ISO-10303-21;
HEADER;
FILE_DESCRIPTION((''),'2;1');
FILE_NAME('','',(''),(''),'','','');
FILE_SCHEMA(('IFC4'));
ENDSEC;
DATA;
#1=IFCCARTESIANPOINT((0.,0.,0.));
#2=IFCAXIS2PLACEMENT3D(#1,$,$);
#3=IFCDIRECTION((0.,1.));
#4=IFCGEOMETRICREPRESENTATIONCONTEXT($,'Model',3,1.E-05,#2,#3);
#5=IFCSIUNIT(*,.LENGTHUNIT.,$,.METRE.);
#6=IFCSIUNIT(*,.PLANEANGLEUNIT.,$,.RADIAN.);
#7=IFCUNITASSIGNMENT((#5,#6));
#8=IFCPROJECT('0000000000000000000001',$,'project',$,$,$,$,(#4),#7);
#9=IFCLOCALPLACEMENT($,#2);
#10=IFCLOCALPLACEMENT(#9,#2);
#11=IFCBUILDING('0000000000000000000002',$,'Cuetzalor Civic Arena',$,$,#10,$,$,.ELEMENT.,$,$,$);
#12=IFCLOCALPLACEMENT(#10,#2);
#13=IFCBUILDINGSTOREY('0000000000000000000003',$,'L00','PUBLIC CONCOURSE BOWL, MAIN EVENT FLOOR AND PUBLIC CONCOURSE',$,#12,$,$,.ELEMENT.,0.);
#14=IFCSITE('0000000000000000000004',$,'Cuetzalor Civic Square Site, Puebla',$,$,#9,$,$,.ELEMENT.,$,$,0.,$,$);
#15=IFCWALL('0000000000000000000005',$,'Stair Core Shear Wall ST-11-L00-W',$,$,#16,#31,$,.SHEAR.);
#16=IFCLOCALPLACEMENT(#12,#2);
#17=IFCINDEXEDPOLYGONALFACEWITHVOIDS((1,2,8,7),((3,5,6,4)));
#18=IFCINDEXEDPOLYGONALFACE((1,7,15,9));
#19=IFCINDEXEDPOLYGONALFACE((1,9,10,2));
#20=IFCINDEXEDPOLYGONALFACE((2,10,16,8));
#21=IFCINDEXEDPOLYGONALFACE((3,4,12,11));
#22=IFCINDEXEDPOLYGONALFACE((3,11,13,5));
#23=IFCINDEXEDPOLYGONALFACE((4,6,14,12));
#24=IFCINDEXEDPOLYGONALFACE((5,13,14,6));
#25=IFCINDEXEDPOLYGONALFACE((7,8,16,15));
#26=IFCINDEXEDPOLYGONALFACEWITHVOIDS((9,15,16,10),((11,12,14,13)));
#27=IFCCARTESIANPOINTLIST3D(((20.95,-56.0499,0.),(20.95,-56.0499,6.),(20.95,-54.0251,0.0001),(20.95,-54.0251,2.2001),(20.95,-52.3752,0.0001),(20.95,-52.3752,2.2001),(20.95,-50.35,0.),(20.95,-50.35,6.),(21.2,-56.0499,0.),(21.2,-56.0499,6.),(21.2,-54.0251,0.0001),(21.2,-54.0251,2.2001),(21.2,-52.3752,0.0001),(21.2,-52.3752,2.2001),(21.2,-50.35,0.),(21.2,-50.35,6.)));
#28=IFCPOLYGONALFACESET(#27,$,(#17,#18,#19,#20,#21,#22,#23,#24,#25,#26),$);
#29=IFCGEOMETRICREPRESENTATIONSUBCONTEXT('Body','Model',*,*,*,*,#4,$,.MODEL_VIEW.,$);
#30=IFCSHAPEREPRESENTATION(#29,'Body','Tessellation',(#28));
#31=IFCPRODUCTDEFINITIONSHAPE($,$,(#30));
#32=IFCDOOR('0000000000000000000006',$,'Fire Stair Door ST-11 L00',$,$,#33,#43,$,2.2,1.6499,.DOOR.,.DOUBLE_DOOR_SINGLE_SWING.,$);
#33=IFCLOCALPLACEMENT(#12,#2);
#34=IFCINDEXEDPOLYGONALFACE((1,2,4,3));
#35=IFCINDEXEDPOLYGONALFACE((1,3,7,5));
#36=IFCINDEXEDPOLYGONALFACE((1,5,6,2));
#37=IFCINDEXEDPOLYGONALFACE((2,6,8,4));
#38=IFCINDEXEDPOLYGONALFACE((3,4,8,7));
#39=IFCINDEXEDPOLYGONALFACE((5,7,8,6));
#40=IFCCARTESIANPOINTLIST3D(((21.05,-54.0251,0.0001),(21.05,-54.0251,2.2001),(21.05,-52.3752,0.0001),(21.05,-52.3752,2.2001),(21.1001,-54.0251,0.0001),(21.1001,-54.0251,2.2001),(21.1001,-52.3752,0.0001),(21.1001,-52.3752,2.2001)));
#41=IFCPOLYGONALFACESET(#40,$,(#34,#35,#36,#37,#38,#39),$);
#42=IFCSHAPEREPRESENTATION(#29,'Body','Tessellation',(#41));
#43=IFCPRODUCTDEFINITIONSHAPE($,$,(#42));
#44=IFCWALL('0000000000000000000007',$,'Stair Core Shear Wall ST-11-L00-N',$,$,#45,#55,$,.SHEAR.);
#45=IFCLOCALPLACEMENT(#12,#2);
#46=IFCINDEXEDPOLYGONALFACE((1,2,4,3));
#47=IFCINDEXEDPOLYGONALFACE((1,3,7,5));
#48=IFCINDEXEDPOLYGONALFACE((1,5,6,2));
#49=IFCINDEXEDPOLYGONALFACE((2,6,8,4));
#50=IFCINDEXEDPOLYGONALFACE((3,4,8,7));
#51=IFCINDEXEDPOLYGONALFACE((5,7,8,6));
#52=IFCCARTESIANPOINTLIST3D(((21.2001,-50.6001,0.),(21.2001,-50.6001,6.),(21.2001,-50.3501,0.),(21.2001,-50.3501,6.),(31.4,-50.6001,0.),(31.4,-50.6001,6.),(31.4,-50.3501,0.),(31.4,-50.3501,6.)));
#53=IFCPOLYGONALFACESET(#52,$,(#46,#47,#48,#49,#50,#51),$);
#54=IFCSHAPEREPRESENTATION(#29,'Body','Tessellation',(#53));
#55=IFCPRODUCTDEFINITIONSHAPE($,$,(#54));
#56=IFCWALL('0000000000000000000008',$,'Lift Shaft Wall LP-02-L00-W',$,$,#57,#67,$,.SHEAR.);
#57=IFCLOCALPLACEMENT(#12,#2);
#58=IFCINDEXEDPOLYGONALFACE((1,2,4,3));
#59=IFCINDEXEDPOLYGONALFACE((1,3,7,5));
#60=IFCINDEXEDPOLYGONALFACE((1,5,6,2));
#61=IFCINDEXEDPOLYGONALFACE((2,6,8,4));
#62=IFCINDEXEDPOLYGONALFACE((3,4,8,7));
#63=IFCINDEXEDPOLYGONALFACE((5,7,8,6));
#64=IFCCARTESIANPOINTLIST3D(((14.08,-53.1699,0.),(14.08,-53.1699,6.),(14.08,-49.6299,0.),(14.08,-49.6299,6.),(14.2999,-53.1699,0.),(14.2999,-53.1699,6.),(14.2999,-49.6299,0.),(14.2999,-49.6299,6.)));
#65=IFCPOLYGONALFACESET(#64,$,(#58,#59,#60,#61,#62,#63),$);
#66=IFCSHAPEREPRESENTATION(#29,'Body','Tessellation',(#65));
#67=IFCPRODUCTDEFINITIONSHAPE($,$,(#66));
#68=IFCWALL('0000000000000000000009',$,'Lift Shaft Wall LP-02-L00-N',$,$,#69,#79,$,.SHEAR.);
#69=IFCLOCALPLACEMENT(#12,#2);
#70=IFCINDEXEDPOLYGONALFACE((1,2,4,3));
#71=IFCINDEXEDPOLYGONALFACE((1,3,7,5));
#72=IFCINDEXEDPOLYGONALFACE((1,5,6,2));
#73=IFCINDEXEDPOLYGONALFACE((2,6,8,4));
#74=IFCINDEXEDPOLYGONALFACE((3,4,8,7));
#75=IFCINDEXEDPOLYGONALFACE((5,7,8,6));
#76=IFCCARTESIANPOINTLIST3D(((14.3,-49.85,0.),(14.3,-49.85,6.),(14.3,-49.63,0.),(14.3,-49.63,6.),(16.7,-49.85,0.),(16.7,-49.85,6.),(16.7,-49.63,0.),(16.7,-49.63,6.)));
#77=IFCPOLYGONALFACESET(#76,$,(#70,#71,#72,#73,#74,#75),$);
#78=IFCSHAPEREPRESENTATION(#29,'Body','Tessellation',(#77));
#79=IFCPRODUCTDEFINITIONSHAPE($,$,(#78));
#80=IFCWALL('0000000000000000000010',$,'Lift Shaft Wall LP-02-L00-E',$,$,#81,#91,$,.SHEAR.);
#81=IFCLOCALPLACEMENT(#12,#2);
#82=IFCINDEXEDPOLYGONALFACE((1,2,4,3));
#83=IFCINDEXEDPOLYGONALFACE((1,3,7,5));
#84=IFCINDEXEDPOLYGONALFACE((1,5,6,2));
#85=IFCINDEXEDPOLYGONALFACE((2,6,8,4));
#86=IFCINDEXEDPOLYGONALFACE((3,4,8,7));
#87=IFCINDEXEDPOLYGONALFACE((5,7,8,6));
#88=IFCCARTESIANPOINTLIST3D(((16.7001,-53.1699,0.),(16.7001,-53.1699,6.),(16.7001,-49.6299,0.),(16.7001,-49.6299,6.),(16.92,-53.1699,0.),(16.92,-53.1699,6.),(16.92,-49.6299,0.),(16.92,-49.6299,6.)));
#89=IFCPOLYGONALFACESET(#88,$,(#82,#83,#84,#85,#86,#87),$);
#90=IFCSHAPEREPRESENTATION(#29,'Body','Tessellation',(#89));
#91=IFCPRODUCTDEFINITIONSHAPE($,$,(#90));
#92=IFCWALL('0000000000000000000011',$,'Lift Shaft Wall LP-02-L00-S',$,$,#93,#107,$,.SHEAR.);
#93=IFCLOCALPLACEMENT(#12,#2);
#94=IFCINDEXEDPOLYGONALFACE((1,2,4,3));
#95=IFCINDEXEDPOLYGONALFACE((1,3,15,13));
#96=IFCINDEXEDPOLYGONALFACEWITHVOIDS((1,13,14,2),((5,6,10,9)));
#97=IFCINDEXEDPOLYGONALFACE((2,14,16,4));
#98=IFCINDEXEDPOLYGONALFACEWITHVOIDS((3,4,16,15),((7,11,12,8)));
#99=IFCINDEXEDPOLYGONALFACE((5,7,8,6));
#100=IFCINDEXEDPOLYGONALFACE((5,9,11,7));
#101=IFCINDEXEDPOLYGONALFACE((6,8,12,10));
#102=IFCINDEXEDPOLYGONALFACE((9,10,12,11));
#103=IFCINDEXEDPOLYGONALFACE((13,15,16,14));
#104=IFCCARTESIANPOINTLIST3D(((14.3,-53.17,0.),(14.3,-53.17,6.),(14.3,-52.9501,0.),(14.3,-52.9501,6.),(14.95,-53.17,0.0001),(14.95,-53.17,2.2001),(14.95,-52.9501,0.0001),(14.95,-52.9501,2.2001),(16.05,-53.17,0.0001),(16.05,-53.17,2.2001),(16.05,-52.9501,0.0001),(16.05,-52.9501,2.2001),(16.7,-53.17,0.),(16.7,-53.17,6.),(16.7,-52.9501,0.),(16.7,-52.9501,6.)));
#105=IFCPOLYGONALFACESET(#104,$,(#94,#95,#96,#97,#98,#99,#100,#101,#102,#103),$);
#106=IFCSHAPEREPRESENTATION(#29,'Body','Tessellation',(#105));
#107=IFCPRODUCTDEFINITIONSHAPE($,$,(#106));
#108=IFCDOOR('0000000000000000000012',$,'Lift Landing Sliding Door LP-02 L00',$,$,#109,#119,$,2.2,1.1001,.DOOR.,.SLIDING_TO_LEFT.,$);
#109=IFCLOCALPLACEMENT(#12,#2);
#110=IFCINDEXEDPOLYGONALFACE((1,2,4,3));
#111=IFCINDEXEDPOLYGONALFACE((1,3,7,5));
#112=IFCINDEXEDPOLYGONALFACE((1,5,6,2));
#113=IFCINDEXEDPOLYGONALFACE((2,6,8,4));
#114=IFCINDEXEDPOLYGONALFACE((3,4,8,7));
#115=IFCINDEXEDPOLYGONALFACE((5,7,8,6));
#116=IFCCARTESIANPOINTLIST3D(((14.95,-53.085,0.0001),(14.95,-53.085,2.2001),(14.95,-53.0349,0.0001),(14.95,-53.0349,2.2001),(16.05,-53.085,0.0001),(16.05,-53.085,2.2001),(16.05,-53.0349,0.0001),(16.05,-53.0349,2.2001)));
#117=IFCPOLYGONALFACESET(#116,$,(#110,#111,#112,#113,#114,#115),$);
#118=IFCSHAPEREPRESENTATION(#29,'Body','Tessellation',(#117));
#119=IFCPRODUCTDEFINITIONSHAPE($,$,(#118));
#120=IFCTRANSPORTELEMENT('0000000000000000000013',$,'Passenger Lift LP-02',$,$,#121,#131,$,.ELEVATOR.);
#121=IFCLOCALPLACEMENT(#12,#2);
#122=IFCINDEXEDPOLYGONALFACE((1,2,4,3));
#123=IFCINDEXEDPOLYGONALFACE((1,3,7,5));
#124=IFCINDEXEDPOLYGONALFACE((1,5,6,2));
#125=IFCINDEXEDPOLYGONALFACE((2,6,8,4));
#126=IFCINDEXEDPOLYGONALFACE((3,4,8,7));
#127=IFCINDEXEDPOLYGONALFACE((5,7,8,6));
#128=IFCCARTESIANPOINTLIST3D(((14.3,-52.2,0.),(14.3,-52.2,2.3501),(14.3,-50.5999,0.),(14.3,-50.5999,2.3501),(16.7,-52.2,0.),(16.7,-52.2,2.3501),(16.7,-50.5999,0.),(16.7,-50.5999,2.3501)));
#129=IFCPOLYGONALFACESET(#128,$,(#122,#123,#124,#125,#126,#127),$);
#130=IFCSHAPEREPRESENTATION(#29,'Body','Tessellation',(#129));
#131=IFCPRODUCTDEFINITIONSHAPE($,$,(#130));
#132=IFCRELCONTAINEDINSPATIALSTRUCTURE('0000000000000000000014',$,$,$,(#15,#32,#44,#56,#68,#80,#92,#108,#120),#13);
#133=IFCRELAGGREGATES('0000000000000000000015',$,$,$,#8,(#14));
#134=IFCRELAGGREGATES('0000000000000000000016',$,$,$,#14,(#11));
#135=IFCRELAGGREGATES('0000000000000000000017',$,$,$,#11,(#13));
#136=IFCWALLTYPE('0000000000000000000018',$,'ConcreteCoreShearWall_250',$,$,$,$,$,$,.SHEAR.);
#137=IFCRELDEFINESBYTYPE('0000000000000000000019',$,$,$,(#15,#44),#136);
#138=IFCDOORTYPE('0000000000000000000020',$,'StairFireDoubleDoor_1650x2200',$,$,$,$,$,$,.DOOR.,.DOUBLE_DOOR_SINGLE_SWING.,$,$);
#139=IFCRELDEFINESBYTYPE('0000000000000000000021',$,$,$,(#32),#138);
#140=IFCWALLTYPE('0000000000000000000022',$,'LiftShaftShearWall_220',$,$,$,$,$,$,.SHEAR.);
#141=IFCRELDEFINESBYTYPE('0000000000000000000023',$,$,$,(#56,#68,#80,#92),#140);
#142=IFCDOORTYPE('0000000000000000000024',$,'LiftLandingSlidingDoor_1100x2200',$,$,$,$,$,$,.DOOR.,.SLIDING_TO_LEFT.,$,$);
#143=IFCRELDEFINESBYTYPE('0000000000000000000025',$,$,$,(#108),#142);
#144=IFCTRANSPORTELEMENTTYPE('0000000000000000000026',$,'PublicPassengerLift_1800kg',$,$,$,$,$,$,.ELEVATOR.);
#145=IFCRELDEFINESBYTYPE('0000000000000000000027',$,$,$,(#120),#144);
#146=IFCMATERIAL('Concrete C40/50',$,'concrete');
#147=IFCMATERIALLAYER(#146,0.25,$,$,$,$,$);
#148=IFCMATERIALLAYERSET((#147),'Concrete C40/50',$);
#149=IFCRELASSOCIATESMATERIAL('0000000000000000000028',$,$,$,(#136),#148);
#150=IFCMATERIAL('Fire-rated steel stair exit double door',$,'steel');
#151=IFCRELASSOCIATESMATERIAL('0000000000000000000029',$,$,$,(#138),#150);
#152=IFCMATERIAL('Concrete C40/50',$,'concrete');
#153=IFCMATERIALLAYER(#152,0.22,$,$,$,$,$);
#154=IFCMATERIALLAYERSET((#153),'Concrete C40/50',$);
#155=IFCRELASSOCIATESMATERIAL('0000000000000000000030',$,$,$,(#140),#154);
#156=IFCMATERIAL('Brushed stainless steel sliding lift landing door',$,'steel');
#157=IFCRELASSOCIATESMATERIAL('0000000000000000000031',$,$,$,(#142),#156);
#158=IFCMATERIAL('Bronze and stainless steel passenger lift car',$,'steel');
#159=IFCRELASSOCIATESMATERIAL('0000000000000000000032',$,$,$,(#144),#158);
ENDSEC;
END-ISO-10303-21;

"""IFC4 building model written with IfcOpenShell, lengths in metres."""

from ifc_helpers import new_model, si_unit, direction, frame, frame_2d, origin, origin_2d, place, context, subcontext, project, spatial, rectangle, extrude, material, layer, layer_set, type_object, element, fill, save


model = new_model("IFC4")

# Units and contexts
model_context = context("Model", 3, precision=1e-05, world=origin(), true_north=direction((0.0, 1.0)))
body_context = subcontext(model_context, "Body", "Model", "MODEL_VIEW")
ifc_project = project(units=[si_unit("LENGTHUNIT", "METRE"), si_unit("PLANEANGLEUNIT", "RADIAN")], contexts=[model_context])

# Site, building, storey
site_placement = place(None, origin())
site = spatial("IfcSite", under=ifc_project, at=site_placement, Name="Cuetzalor Civic Square Site, Puebla", CompositionType="ELEMENT", RefElevation=0.0)
building_placement = place(site_placement, origin())
building = spatial("IfcBuilding", under=site, at=building_placement, Name="Cuetzalor Civic Arena", CompositionType="ELEMENT")
storey_placement = place(building_placement, origin())
storey = spatial("IfcBuildingStorey", under=building, at=storey_placement, Name="L00", Description="PUBLIC CONCOURSE BOWL, MAIN EVENT FLOOR AND PUBLIC CONCOURSE", CompositionType="ELEMENT", Elevation=0.0)

# Wall, opening, door
ifc_material_1 = material(Name="Concrete C40/50", Category="concrete")
ifc_layer_1 = layer(ifc_material_1, 0.25)
ifc_layer_set_1 = layer_set([ifc_layer_1], Name="Concrete C40/50")
wall_type_1 = type_object("IfcWallType", Name="ConcreteCoreShearWall_250", PredefinedType="SHEAR", material=ifc_layer_set_1)
wall_1_placement = place(storey_placement, frame((21.075, -56.05, 0.0), z_axis=(0.0, 0.0, 1.0), x_axis=(0.0, 1.0, 0.0)))
wall_1 = element("IfcWall", 1, at=wall_1_placement, inside=storey, type_object=wall_type_1, Name="Stair Core Shear Wall ST-11-L00-W", PredefinedType="SHEAR", context=body_context, shape_type="SweptSolid", body=[
    extrude(rectangle(XDim=5.7, YDim=0.25, at=frame_2d((2.8501, 0.0))), origin(), (0.0, 0.0, 1.0), 6.0),
])
opening_1_placement = place(wall_1_placement, frame((2.0249, 0.0, 0.0)))
opening_1 = element("IfcOpeningElement", 2, at=opening_1_placement, cuts=wall_1, PredefinedType="OPENING", context=body_context, shape_type="SweptSolid", body=[
    extrude(rectangle(XDim=1.6499, YDim=2.2, at=frame_2d((0.825, 1.1001))), frame((0.0, 0.135, 0.0), z_axis=(0.0, -1.0, 0.0), x_axis=(1.0, 0.0, 0.0)), (0.0, 0.0, 1.0), 0.27),
])
ifc_material_2 = material(Name="Fire-rated steel stair exit double door", Category="steel")
door_type_1 = type_object("IfcDoorType", Name="StairFireDoubleDoor_1650x2200", OperationType="DOUBLE_DOOR_SINGLE_SWING", PredefinedType="DOOR", material=ifc_material_2)
door_1_placement = place(opening_1_placement, origin())
door_1 = element("IfcDoor", 3, at=door_1_placement, inside=storey, type_object=door_type_1, Name="Fire Stair Door ST-11 L00", OperationType="DOUBLE_DOOR_SINGLE_SWING", OverallHeight=2.2, OverallWidth=1.6499, PredefinedType="DOOR", context=body_context, shape_type="SweptSolid", body=[
    extrude(rectangle(XDim=1.6499, YDim=2.2, at=frame_2d((0.825, 1.1001))), frame((0.0, 0.0249, 0.0), z_axis=(0.0, -1.0, 0.0), x_axis=(1.0, 0.0, 0.0)), (0.0, 0.0, 1.0), 0.05),
])
fill(opening_1, door_1)

# Walls
wall_2_placement = place(storey_placement, frame((21.2, -50.4751, 0.0), z_axis=(0.0, 0.0, 1.0), x_axis=(1.0, 0.0, 0.0)))
element("IfcWall", 4, at=wall_2_placement, inside=storey, type_object=wall_type_1, Name="Stair Core Shear Wall ST-11-L00-N", PredefinedType="SHEAR", context=body_context, shape_type="SweptSolid", body=[
    extrude(rectangle(XDim=10.2, YDim=0.25, at=frame_2d((5.1001, 0.0))), origin(), (0.0, 0.0, 1.0), 6.0),
])
ifc_material_3 = material(Name="Concrete C40/50", Category="concrete")
ifc_layer_2 = layer(ifc_material_3, 0.22)
ifc_layer_set_2 = layer_set([ifc_layer_2], Name="Concrete C40/50")
wall_type_2 = type_object("IfcWallType", Name="LiftShaftShearWall_220", PredefinedType="SHEAR", material=ifc_layer_set_2)
wall_3_placement = place(storey_placement, frame((14.1899, -53.1699, 0.0), z_axis=(0.0, 0.0, 1.0), x_axis=(0.0, 1.0, 0.0)))
element("IfcWall", 5, at=wall_3_placement, inside=storey, type_object=wall_type_2, Name="Lift Shaft Wall LP-02-L00-W", PredefinedType="SHEAR", context=body_context, shape_type="SweptSolid", body=[
    extrude(rectangle(XDim=3.54, YDim=0.22, at=frame_2d((1.77, 0.0))), origin(), (0.0, 0.0, 1.0), 6.0),
])
wall_4_placement = place(storey_placement, frame((14.3, -49.74, 0.0), z_axis=(0.0, 0.0, 1.0), x_axis=(1.0, 0.0, 0.0)))
element("IfcWall", 6, at=wall_4_placement, inside=storey, type_object=wall_type_2, Name="Lift Shaft Wall LP-02-L00-N", PredefinedType="SHEAR", context=body_context, shape_type="SweptSolid", body=[
    extrude(rectangle(XDim=2.3999, YDim=0.22, at=frame_2d((1.2, 0.0))), origin(), (0.0, 0.0, 1.0), 6.0),
])
wall_5_placement = place(storey_placement, frame((16.8101, -49.6299, 0.0), z_axis=(0.0, 0.0, 1.0), x_axis=(0.0, -1.0, 0.0)))
element("IfcWall", 7, at=wall_5_placement, inside=storey, type_object=wall_type_2, Name="Lift Shaft Wall LP-02-L00-E", PredefinedType="SHEAR", context=body_context, shape_type="SweptSolid", body=[
    extrude(rectangle(XDim=3.54, YDim=0.22, at=frame_2d((1.77, 0.0))), origin(), (0.0, 0.0, 1.0), 6.0),
])

# Wall, opening, door
wall_6_placement = place(storey_placement, frame((16.7, -53.0601, 0.0), z_axis=(0.0, 0.0, 1.0), x_axis=(-1.0, 0.0, 0.0)))
wall_6 = element("IfcWall", 8, at=wall_6_placement, inside=storey, type_object=wall_type_2, Name="Lift Shaft Wall LP-02-L00-S", PredefinedType="SHEAR", context=body_context, shape_type="SweptSolid", body=[
    extrude(rectangle(XDim=2.3999, YDim=0.22, at=frame_2d((1.2, 0.0))), origin(), (0.0, 0.0, 1.0), 6.0),
])
opening_2_placement = place(wall_6_placement, frame((0.6499, 0.0, 0.0)))
opening_2 = element("IfcOpeningElement", 9, at=opening_2_placement, cuts=wall_6, PredefinedType="OPENING", context=body_context, shape_type="SweptSolid", body=[
    extrude(rectangle(XDim=1.1001, YDim=2.2, at=frame_2d((0.55, 1.1001))), frame((0.0, 0.1201, 0.0), z_axis=(0.0, -1.0, 0.0), x_axis=(1.0, 0.0, 0.0)), (0.0, 0.0, 1.0), 0.24),
])
ifc_material_4 = material(Name="Brushed stainless steel sliding lift landing door", Category="steel")
door_type_2 = type_object("IfcDoorType", Name="LiftLandingSlidingDoor_1100x2200", OperationType="SLIDING_TO_LEFT", PredefinedType="DOOR", material=ifc_material_4)
door_2_placement = place(opening_2_placement, origin())
door_2 = element("IfcDoor", 10, at=door_2_placement, inside=storey, type_object=door_type_2, Name="Lift Landing Sliding Door LP-02 L00", OperationType="SLIDING_TO_LEFT", OverallHeight=2.2, OverallWidth=1.1001, PredefinedType="DOOR", context=body_context, shape_type="SweptSolid", body=[
    extrude(rectangle(XDim=1.1001, YDim=2.2, at=frame_2d((0.55, 1.1001))), frame((0.0, 0.0249, 0.0), z_axis=(0.0, -1.0, 0.0), x_axis=(1.0, 0.0, 0.0)), (0.0, 0.0, 1.0), 0.05),
])
fill(opening_2, door_2)

# Transport element
ifc_material_5 = material(Name="Bronze and stainless steel passenger lift car", Category="steel")
transport_element_type = type_object("IfcTransportElementType", Name="PublicPassengerLift_1800kg", PredefinedType="ELEVATOR", material=ifc_material_5)
transport_element_placement = place(storey_placement, frame((15.5, -51.3999, 0.0), z_axis=(0.0, 0.0, 1.0), x_axis=(0.0, -1.0, 0.0)))
element("IfcTransportElement", 11, at=transport_element_placement, inside=storey, type_object=transport_element_type, Name="Passenger Lift LP-02", PredefinedType="ELEVATOR", context=body_context, shape_type="SweptSolid", body=[
    extrude(rectangle(XDim=1.6001, YDim=2.3999, at=origin_2d()), origin(), (0.0, 0.0, 1.0), 2.3501),
])

save(model, "model.ifc")
